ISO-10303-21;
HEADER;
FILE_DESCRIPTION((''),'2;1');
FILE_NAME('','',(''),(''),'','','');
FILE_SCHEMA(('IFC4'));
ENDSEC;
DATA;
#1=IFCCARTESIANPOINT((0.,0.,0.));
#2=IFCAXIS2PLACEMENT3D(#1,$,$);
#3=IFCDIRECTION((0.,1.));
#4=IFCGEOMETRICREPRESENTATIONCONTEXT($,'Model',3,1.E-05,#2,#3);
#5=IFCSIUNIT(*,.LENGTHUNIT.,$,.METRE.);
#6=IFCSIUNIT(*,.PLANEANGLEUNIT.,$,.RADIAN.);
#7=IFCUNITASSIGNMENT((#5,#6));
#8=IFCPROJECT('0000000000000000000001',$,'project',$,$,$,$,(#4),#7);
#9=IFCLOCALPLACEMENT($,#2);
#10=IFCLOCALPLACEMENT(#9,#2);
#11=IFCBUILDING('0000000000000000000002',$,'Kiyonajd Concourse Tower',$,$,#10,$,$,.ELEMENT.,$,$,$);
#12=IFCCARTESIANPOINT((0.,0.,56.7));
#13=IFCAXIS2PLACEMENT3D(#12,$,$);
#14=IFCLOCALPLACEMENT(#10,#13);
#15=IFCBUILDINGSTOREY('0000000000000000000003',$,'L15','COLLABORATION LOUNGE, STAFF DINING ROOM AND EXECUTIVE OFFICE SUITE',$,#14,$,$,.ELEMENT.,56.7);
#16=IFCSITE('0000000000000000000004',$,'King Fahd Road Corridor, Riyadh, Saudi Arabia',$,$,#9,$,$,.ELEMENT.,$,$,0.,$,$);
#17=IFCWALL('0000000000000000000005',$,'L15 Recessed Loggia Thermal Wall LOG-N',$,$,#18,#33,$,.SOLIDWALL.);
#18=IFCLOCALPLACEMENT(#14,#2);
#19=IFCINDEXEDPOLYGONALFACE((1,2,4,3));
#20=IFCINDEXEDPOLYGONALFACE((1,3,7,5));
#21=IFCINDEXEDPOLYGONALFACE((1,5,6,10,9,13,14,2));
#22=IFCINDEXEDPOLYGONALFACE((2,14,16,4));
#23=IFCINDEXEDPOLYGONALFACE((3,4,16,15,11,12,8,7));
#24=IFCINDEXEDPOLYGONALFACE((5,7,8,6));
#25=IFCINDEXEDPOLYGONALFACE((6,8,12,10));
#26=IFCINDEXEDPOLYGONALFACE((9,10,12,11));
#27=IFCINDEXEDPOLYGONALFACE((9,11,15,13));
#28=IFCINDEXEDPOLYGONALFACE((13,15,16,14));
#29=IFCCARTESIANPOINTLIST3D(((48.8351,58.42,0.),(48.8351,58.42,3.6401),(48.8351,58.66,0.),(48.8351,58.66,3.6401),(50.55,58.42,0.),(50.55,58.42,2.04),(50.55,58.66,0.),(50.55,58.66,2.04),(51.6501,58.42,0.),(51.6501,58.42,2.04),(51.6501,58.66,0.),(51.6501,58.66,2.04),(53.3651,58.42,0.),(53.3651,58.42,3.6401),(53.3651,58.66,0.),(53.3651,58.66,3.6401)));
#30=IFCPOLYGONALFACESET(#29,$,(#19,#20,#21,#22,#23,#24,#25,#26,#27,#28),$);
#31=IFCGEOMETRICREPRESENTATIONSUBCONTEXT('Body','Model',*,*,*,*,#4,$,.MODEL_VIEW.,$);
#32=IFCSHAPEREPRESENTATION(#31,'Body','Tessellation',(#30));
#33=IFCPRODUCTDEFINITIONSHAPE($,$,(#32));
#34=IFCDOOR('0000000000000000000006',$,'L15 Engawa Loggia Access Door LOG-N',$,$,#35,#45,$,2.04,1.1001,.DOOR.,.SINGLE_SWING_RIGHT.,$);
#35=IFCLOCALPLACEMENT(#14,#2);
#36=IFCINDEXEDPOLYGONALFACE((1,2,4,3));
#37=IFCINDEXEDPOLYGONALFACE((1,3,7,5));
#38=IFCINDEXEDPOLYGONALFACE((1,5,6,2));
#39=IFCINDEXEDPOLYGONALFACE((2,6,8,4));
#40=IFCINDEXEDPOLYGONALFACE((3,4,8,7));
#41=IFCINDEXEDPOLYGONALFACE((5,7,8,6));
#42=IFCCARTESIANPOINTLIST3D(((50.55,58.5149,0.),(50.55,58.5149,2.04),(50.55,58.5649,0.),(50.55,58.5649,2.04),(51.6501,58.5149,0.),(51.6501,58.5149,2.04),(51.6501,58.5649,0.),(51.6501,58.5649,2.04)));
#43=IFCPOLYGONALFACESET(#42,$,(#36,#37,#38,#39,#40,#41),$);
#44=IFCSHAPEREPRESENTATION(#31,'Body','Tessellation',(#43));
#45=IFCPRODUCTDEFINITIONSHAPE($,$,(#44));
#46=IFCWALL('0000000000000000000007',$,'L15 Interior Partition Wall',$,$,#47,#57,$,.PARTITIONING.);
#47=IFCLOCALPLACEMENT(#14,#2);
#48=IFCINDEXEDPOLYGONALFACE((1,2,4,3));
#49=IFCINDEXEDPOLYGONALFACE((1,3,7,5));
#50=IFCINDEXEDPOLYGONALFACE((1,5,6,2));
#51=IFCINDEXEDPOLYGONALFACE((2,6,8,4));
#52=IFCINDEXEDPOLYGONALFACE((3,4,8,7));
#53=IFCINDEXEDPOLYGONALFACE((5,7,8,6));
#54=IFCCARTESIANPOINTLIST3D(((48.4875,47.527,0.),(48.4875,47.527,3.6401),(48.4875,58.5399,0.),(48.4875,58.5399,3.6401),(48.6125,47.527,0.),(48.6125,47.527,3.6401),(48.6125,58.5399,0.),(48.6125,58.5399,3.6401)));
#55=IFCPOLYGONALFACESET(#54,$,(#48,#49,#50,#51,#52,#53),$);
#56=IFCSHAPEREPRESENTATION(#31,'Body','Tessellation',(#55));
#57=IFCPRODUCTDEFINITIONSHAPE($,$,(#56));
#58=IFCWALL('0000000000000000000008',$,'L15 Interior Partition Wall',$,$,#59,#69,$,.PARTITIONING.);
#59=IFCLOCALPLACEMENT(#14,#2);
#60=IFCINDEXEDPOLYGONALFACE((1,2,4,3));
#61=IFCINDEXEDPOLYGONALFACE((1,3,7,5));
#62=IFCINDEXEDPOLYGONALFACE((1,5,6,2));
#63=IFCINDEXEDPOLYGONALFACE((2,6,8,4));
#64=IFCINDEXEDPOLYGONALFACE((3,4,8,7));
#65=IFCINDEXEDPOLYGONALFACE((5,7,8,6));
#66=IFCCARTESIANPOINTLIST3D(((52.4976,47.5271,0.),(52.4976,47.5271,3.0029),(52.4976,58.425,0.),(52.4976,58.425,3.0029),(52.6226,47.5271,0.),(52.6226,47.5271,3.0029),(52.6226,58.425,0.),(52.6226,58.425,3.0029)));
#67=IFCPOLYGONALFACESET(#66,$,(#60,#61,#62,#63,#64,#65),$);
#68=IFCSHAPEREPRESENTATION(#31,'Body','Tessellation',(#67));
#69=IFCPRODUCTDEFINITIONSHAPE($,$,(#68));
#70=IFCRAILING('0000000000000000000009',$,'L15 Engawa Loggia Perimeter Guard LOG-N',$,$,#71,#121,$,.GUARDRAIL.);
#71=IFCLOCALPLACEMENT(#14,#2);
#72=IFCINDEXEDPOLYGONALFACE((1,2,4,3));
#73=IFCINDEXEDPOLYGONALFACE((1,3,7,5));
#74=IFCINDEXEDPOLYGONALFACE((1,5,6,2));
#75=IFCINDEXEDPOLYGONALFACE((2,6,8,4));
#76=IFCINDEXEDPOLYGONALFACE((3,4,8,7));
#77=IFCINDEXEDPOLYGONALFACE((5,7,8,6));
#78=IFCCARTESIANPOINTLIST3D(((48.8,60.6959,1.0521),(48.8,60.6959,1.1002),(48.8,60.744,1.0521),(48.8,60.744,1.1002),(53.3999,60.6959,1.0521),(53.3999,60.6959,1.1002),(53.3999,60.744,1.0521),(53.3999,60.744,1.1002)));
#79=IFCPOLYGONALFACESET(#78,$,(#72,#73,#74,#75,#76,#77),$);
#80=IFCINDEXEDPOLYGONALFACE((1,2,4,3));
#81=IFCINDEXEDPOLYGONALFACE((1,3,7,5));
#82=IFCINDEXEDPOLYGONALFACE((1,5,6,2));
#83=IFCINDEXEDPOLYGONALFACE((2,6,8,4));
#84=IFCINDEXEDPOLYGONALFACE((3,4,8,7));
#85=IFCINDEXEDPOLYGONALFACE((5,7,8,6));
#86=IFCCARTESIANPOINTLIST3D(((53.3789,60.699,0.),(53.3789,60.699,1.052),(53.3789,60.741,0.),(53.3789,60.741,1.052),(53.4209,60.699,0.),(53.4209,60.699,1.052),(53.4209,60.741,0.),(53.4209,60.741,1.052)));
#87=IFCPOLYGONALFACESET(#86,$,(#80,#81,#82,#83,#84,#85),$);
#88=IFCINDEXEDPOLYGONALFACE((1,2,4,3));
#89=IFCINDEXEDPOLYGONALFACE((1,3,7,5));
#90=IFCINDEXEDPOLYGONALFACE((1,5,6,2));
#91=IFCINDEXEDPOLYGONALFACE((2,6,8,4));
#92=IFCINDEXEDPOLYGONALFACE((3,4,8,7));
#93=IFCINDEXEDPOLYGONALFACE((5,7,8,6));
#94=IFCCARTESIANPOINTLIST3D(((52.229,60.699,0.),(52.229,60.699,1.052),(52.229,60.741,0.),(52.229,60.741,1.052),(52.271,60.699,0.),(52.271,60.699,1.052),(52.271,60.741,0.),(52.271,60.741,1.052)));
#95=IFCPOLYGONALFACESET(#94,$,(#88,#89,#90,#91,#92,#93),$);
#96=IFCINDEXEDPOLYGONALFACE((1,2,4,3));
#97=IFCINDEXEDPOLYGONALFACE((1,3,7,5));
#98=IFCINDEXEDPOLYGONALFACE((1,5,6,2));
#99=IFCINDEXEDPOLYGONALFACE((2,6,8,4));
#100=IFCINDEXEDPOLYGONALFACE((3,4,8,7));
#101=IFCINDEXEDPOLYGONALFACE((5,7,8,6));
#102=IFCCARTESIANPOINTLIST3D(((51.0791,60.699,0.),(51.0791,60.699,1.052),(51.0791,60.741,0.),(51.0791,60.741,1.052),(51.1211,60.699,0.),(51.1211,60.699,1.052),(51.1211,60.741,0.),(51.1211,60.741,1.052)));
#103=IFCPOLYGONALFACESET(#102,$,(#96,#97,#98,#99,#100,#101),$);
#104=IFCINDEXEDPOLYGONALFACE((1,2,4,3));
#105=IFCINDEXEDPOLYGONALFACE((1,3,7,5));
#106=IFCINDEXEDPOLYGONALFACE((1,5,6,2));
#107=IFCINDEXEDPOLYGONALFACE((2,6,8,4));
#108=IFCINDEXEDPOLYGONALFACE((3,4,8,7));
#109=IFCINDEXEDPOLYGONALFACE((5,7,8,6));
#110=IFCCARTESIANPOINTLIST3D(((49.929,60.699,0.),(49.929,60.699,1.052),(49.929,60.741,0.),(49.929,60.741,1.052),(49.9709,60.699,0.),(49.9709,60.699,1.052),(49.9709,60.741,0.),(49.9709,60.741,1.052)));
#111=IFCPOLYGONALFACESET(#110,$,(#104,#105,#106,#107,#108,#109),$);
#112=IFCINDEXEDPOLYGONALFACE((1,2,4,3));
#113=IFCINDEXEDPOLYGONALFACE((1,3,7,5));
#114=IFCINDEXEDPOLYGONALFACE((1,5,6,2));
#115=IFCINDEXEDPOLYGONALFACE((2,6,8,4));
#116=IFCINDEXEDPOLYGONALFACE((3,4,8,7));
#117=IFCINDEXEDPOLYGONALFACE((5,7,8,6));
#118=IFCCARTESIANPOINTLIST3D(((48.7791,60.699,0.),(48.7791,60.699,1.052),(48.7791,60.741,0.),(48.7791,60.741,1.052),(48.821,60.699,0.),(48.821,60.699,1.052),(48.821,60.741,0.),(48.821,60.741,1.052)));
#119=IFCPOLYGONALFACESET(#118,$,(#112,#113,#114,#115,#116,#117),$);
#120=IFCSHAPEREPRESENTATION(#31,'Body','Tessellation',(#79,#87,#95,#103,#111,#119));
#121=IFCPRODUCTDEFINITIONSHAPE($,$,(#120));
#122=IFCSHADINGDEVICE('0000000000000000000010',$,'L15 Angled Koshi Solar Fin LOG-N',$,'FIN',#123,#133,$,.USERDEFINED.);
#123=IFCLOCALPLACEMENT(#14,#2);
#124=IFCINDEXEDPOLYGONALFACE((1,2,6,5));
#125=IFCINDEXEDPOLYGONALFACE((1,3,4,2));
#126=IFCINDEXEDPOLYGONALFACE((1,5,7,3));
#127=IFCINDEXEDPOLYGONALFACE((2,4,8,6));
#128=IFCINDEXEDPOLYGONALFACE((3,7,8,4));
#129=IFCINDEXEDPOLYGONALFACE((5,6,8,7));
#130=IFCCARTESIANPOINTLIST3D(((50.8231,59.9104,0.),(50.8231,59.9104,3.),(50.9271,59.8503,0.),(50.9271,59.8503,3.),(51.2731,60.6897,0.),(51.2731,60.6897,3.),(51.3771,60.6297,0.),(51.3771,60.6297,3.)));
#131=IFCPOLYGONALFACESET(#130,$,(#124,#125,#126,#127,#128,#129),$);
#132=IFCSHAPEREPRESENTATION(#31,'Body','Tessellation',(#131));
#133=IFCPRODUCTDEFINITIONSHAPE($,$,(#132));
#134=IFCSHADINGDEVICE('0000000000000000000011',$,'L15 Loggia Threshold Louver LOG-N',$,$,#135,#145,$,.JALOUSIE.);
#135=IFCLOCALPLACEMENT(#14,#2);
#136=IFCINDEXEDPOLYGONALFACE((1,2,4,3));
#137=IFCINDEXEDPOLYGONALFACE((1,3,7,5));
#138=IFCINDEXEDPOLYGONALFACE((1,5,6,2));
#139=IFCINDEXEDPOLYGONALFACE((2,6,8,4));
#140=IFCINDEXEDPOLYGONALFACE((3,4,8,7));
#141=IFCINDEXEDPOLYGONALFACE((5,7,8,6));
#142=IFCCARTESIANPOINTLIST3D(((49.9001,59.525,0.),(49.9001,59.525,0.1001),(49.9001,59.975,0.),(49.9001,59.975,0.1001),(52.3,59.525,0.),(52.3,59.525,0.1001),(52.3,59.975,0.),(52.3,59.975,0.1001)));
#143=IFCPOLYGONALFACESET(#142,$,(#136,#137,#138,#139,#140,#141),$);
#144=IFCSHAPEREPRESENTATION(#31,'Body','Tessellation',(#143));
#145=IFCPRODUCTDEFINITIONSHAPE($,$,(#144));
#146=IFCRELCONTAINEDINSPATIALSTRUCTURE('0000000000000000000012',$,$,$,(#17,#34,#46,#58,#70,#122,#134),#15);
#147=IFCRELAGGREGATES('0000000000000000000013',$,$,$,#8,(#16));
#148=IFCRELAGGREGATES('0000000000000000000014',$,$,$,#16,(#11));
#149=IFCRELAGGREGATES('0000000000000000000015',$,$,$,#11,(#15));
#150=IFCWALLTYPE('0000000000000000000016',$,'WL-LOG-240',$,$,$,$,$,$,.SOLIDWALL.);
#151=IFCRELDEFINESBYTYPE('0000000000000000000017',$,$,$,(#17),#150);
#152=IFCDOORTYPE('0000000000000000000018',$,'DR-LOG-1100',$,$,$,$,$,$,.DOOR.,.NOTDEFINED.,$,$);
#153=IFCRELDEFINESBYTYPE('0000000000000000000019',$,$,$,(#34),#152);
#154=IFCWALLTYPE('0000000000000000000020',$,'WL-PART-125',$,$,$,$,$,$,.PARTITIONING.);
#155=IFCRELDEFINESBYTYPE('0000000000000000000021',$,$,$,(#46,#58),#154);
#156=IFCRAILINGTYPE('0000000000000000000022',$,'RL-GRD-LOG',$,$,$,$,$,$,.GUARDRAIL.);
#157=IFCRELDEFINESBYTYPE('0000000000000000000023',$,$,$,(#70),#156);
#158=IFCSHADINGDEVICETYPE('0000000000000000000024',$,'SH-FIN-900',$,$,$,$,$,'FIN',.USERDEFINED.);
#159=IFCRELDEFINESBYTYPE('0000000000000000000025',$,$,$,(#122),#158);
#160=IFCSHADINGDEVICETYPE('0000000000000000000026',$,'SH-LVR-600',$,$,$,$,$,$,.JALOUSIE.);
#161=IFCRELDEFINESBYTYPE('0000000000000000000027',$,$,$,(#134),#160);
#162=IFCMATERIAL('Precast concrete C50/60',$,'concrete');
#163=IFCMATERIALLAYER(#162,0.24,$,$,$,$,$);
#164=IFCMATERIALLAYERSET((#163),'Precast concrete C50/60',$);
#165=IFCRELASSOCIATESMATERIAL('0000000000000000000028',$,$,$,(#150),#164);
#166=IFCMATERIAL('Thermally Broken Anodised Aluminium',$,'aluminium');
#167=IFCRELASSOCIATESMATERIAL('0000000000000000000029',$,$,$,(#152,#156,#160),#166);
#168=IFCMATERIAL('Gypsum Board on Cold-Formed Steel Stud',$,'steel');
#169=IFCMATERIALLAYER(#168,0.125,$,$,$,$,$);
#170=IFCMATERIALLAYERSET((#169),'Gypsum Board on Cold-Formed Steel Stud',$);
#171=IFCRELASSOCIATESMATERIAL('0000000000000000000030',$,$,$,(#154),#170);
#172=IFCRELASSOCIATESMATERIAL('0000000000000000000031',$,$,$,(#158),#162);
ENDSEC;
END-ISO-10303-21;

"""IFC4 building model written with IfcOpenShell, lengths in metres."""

from ifc_helpers import new_model, si_unit, direction, frame, frame_2d, origin, origin_2d, place, context, subcontext, project, spatial, rectangle, extrude, material, layer, layer_set, type_object, element, fill, save


model = new_model("IFC4")

# Units and contexts
model_context = context("Model", 3, precision=1e-05, world=origin(), true_north=direction((0.0, 1.0)))
body_context = subcontext(model_context, "Body", "Model", "MODEL_VIEW")
ifc_project = project(units=[si_unit("LENGTHUNIT", "METRE"), si_unit("PLANEANGLEUNIT", "RADIAN")], contexts=[model_context])

# Site, building, storey
site_placement = place(None, origin())
site = spatial("IfcSite", under=ifc_project, at=site_placement, Name="King Fahd Road Corridor, Riyadh, Saudi Arabia", CompositionType="ELEMENT", RefElevation=0.0)
building_placement = place(site_placement, origin())
building = spatial("IfcBuilding", under=site, at=building_placement, Name="Kiyonajd Concourse Tower", CompositionType="ELEMENT")
storey_placement = place(building_placement, frame((0.0, 0.0, 56.7)))
storey = spatial("IfcBuildingStorey", under=building, at=storey_placement, Name="L15", Description="COLLABORATION LOUNGE, STAFF DINING ROOM AND EXECUTIVE OFFICE SUITE", CompositionType="ELEMENT", Elevation=56.7)

# Shared definitions
ifc_material_1 = material(Name="Precast concrete C50/60", Category="concrete")

# Shared definitions
ifc_material_2 = material(Name="Thermally Broken Anodised Aluminium", Category="aluminium")

# Wall, opening, door
ifc_layer_1 = layer(ifc_material_1, 0.24)
ifc_layer_set_1 = layer_set([ifc_layer_1], Name="Precast concrete C50/60")
wall_type_1 = type_object("IfcWallType", Name="WL-LOG-240", PredefinedType="SOLIDWALL", material=ifc_layer_set_1)
wall_1_placement = place(storey_placement, frame((48.835, 58.54, 0.0), z_axis=(0.0, 0.0, 1.0), x_axis=(1.0, 0.0, 0.0)))
wall_1 = element("IfcWall", 1, at=wall_1_placement, inside=storey, type_object=wall_type_1, Name="L15 Recessed Loggia Thermal Wall LOG-N", PredefinedType="SOLIDWALL", context=body_context, shape_type="SweptSolid", body=[
    extrude(rectangle(XDim=4.53, YDim=0.24, at=frame_2d((2.2651, 0.0))), origin(), (0.0, 0.0, 1.0), 3.6401),
])
opening_1_placement = place(wall_1_placement, frame((1.7151, 0.0, 0.0)))
opening_1 = element("IfcOpeningElement", 2, at=opening_1_placement, cuts=wall_1, PredefinedType="OPENING", context=body_context, shape_type="SweptSolid", body=[
    extrude(rectangle(XDim=1.1001, YDim=2.04, at=frame_2d((0.55, 1.02))), frame((0.0, 0.1299, 0.0), z_axis=(0.0, -1.0, 0.0), x_axis=(1.0, 0.0, 0.0)), (0.0, 0.0, 1.0), 0.26),
])
door_type = type_object("IfcDoorType", Name="DR-LOG-1100", OperationType="NOTDEFINED", PredefinedType="DOOR", material=ifc_material_2)
door_placement = place(opening_1_placement, origin())
door = element("IfcDoor", 3, at=door_placement, inside=storey, type_object=door_type, Name="L15 Engawa Loggia Access Door LOG-N", OperationType="SINGLE_SWING_RIGHT", OverallHeight=2.04, OverallWidth=1.1001, PredefinedType="DOOR", context=body_context, shape_type="SweptSolid", body=[
    extrude(rectangle(XDim=1.1001, YDim=2.04, at=frame_2d((0.55, 1.02))), frame((0.0, 0.0249, 0.0), z_axis=(0.0, -1.0, 0.0), x_axis=(1.0, 0.0, 0.0)), (0.0, 0.0, 1.0), 0.05),
])
fill(opening_1, door)

# Walls
ifc_material_3 = material(Name="Gypsum Board on Cold-Formed Steel Stud", Category="steel")
ifc_layer_2 = layer(ifc_material_3, 0.125)
ifc_layer_set_2 = layer_set([ifc_layer_2], Name="Gypsum Board on Cold-Formed Steel Stud")
wall_type_2 = type_object("IfcWallType", Name="WL-PART-125", PredefinedType="PARTITIONING", material=ifc_layer_set_2)
wall_2_placement = place(storey_placement, frame((48.55, 47.5271, 0.0), z_axis=(0.0, 0.0, 1.0), x_axis=(0.0, 1.0, 0.0)))
element("IfcWall", 4, at=wall_2_placement, inside=storey, type_object=wall_type_2, Name="L15 Interior Partition Wall", PredefinedType="PARTITIONING", context=body_context, shape_type="SweptSolid", body=[
    extrude(rectangle(XDim=11.0129, YDim=0.125, at=frame_2d((5.5063, 0.0))), origin(), (0.0, 0.0, 1.0), 3.6401),
])
wall_3_placement = place(storey_placement, frame((52.5601, 47.5271, 0.0), z_axis=(0.0, 0.0, 1.0), x_axis=(0.0, 1.0, 0.0)))
element("IfcWall", 5, at=wall_3_placement, inside=storey, type_object=wall_type_2, Name="L15 Interior Partition Wall", PredefinedType="PARTITIONING", context=body_context, shape_type="SweptSolid", body=[
    extrude(rectangle(XDim=10.8979, YDim=0.125, at=frame_2d((5.449, 0.0))), origin(), (0.0, 0.0, 1.0), 3.0029),
])

# Railing
railing_type = type_object("IfcRailingType", Name="RL-GRD-LOG", PredefinedType="GUARDRAIL", material=ifc_material_2)
railing_placement = place(storey_placement, frame((53.3999, 60.72, 0.0)))
element("IfcRailing", 6, at=railing_placement, inside=storey, type_object=railing_type, Name="L15 Engawa Loggia Perimeter Guard LOG-N", PredefinedType="GUARDRAIL", context=body_context, shape_type="SweptSolid", body=[
    extrude(rectangle(XDim=0.0481, YDim=0.0481, at=origin_2d()), frame((0.0, 0.0, 1.0762), z_axis=(-1.0, 0.0, 0.0), x_axis=(0.0, -1.0, 0.0)), (0.0, 0.0, 1.0), 4.5999),
    extrude(rectangle(XDim=0.042, YDim=0.042, at=origin_2d()), origin(), (0.0, 0.0, 1.0), 1.052),
    extrude(rectangle(XDim=0.042, YDim=0.042, at=origin_2d()), frame((-1.1499, 0.0, 0.0)), (0.0, 0.0, 1.0), 1.052),
    extrude(rectangle(XDim=0.042, YDim=0.042, at=origin_2d()), frame((-2.2998, 0.0, 0.0)), (0.0, 0.0, 1.0), 1.052),
    extrude(rectangle(XDim=0.042, YDim=0.042, at=origin_2d()), frame((-3.45, 0.0, 0.0)), (0.0, 0.0, 1.0), 1.052),
    extrude(rectangle(XDim=0.042, YDim=0.042, at=origin_2d()), frame((-4.5999, 0.0, 0.0)), (0.0, 0.0, 1.0), 1.052),
])

# Shading devices
shading_device_type_1 = type_object("IfcShadingDeviceType", Name="SH-FIN-900", ElementType="FIN", PredefinedType="USERDEFINED", material=ifc_material_1)
shading_device_1_placement = place(storey_placement, frame((51.1001, 60.27, 0.0), z_axis=(0.0, 0.0, 1.0), x_axis=(0.5, 0.866025, 0.0)))
element("IfcShadingDevice", 7, at=shading_device_1_placement, inside=storey, type_object=shading_device_type_1, Name="L15 Angled Koshi Solar Fin LOG-N", ObjectType="FIN", PredefinedType="USERDEFINED", context=body_context, shape_type="SweptSolid", body=[
    extrude(rectangle(XDim=0.8999, YDim=0.1201, at=origin_2d()), origin(), (0.0, 0.0, 1.0), 3.0),
])
shading_device_type_2 = type_object("IfcShadingDeviceType", Name="SH-LVR-600", PredefinedType="JALOUSIE", material=ifc_material_2)
shading_device_2_placement = place(storey_placement, frame((51.1001, 59.75, 0.0), z_axis=(0.0, 0.0, 1.0), x_axis=(1.0, 0.0, 0.0)))
element("IfcShadingDevice", 8, at=shading_device_2_placement, inside=storey, type_object=shading_device_type_2, Name="L15 Loggia Threshold Louver LOG-N", PredefinedType="JALOUSIE", context=body_context, shape_type="SweptSolid", body=[
    extrude(rectangle(XDim=2.3999, YDim=0.45, at=origin_2d()), origin(), (0.0, 0.0, 1.0), 0.1001),
])

save(model, "model.ifc")
